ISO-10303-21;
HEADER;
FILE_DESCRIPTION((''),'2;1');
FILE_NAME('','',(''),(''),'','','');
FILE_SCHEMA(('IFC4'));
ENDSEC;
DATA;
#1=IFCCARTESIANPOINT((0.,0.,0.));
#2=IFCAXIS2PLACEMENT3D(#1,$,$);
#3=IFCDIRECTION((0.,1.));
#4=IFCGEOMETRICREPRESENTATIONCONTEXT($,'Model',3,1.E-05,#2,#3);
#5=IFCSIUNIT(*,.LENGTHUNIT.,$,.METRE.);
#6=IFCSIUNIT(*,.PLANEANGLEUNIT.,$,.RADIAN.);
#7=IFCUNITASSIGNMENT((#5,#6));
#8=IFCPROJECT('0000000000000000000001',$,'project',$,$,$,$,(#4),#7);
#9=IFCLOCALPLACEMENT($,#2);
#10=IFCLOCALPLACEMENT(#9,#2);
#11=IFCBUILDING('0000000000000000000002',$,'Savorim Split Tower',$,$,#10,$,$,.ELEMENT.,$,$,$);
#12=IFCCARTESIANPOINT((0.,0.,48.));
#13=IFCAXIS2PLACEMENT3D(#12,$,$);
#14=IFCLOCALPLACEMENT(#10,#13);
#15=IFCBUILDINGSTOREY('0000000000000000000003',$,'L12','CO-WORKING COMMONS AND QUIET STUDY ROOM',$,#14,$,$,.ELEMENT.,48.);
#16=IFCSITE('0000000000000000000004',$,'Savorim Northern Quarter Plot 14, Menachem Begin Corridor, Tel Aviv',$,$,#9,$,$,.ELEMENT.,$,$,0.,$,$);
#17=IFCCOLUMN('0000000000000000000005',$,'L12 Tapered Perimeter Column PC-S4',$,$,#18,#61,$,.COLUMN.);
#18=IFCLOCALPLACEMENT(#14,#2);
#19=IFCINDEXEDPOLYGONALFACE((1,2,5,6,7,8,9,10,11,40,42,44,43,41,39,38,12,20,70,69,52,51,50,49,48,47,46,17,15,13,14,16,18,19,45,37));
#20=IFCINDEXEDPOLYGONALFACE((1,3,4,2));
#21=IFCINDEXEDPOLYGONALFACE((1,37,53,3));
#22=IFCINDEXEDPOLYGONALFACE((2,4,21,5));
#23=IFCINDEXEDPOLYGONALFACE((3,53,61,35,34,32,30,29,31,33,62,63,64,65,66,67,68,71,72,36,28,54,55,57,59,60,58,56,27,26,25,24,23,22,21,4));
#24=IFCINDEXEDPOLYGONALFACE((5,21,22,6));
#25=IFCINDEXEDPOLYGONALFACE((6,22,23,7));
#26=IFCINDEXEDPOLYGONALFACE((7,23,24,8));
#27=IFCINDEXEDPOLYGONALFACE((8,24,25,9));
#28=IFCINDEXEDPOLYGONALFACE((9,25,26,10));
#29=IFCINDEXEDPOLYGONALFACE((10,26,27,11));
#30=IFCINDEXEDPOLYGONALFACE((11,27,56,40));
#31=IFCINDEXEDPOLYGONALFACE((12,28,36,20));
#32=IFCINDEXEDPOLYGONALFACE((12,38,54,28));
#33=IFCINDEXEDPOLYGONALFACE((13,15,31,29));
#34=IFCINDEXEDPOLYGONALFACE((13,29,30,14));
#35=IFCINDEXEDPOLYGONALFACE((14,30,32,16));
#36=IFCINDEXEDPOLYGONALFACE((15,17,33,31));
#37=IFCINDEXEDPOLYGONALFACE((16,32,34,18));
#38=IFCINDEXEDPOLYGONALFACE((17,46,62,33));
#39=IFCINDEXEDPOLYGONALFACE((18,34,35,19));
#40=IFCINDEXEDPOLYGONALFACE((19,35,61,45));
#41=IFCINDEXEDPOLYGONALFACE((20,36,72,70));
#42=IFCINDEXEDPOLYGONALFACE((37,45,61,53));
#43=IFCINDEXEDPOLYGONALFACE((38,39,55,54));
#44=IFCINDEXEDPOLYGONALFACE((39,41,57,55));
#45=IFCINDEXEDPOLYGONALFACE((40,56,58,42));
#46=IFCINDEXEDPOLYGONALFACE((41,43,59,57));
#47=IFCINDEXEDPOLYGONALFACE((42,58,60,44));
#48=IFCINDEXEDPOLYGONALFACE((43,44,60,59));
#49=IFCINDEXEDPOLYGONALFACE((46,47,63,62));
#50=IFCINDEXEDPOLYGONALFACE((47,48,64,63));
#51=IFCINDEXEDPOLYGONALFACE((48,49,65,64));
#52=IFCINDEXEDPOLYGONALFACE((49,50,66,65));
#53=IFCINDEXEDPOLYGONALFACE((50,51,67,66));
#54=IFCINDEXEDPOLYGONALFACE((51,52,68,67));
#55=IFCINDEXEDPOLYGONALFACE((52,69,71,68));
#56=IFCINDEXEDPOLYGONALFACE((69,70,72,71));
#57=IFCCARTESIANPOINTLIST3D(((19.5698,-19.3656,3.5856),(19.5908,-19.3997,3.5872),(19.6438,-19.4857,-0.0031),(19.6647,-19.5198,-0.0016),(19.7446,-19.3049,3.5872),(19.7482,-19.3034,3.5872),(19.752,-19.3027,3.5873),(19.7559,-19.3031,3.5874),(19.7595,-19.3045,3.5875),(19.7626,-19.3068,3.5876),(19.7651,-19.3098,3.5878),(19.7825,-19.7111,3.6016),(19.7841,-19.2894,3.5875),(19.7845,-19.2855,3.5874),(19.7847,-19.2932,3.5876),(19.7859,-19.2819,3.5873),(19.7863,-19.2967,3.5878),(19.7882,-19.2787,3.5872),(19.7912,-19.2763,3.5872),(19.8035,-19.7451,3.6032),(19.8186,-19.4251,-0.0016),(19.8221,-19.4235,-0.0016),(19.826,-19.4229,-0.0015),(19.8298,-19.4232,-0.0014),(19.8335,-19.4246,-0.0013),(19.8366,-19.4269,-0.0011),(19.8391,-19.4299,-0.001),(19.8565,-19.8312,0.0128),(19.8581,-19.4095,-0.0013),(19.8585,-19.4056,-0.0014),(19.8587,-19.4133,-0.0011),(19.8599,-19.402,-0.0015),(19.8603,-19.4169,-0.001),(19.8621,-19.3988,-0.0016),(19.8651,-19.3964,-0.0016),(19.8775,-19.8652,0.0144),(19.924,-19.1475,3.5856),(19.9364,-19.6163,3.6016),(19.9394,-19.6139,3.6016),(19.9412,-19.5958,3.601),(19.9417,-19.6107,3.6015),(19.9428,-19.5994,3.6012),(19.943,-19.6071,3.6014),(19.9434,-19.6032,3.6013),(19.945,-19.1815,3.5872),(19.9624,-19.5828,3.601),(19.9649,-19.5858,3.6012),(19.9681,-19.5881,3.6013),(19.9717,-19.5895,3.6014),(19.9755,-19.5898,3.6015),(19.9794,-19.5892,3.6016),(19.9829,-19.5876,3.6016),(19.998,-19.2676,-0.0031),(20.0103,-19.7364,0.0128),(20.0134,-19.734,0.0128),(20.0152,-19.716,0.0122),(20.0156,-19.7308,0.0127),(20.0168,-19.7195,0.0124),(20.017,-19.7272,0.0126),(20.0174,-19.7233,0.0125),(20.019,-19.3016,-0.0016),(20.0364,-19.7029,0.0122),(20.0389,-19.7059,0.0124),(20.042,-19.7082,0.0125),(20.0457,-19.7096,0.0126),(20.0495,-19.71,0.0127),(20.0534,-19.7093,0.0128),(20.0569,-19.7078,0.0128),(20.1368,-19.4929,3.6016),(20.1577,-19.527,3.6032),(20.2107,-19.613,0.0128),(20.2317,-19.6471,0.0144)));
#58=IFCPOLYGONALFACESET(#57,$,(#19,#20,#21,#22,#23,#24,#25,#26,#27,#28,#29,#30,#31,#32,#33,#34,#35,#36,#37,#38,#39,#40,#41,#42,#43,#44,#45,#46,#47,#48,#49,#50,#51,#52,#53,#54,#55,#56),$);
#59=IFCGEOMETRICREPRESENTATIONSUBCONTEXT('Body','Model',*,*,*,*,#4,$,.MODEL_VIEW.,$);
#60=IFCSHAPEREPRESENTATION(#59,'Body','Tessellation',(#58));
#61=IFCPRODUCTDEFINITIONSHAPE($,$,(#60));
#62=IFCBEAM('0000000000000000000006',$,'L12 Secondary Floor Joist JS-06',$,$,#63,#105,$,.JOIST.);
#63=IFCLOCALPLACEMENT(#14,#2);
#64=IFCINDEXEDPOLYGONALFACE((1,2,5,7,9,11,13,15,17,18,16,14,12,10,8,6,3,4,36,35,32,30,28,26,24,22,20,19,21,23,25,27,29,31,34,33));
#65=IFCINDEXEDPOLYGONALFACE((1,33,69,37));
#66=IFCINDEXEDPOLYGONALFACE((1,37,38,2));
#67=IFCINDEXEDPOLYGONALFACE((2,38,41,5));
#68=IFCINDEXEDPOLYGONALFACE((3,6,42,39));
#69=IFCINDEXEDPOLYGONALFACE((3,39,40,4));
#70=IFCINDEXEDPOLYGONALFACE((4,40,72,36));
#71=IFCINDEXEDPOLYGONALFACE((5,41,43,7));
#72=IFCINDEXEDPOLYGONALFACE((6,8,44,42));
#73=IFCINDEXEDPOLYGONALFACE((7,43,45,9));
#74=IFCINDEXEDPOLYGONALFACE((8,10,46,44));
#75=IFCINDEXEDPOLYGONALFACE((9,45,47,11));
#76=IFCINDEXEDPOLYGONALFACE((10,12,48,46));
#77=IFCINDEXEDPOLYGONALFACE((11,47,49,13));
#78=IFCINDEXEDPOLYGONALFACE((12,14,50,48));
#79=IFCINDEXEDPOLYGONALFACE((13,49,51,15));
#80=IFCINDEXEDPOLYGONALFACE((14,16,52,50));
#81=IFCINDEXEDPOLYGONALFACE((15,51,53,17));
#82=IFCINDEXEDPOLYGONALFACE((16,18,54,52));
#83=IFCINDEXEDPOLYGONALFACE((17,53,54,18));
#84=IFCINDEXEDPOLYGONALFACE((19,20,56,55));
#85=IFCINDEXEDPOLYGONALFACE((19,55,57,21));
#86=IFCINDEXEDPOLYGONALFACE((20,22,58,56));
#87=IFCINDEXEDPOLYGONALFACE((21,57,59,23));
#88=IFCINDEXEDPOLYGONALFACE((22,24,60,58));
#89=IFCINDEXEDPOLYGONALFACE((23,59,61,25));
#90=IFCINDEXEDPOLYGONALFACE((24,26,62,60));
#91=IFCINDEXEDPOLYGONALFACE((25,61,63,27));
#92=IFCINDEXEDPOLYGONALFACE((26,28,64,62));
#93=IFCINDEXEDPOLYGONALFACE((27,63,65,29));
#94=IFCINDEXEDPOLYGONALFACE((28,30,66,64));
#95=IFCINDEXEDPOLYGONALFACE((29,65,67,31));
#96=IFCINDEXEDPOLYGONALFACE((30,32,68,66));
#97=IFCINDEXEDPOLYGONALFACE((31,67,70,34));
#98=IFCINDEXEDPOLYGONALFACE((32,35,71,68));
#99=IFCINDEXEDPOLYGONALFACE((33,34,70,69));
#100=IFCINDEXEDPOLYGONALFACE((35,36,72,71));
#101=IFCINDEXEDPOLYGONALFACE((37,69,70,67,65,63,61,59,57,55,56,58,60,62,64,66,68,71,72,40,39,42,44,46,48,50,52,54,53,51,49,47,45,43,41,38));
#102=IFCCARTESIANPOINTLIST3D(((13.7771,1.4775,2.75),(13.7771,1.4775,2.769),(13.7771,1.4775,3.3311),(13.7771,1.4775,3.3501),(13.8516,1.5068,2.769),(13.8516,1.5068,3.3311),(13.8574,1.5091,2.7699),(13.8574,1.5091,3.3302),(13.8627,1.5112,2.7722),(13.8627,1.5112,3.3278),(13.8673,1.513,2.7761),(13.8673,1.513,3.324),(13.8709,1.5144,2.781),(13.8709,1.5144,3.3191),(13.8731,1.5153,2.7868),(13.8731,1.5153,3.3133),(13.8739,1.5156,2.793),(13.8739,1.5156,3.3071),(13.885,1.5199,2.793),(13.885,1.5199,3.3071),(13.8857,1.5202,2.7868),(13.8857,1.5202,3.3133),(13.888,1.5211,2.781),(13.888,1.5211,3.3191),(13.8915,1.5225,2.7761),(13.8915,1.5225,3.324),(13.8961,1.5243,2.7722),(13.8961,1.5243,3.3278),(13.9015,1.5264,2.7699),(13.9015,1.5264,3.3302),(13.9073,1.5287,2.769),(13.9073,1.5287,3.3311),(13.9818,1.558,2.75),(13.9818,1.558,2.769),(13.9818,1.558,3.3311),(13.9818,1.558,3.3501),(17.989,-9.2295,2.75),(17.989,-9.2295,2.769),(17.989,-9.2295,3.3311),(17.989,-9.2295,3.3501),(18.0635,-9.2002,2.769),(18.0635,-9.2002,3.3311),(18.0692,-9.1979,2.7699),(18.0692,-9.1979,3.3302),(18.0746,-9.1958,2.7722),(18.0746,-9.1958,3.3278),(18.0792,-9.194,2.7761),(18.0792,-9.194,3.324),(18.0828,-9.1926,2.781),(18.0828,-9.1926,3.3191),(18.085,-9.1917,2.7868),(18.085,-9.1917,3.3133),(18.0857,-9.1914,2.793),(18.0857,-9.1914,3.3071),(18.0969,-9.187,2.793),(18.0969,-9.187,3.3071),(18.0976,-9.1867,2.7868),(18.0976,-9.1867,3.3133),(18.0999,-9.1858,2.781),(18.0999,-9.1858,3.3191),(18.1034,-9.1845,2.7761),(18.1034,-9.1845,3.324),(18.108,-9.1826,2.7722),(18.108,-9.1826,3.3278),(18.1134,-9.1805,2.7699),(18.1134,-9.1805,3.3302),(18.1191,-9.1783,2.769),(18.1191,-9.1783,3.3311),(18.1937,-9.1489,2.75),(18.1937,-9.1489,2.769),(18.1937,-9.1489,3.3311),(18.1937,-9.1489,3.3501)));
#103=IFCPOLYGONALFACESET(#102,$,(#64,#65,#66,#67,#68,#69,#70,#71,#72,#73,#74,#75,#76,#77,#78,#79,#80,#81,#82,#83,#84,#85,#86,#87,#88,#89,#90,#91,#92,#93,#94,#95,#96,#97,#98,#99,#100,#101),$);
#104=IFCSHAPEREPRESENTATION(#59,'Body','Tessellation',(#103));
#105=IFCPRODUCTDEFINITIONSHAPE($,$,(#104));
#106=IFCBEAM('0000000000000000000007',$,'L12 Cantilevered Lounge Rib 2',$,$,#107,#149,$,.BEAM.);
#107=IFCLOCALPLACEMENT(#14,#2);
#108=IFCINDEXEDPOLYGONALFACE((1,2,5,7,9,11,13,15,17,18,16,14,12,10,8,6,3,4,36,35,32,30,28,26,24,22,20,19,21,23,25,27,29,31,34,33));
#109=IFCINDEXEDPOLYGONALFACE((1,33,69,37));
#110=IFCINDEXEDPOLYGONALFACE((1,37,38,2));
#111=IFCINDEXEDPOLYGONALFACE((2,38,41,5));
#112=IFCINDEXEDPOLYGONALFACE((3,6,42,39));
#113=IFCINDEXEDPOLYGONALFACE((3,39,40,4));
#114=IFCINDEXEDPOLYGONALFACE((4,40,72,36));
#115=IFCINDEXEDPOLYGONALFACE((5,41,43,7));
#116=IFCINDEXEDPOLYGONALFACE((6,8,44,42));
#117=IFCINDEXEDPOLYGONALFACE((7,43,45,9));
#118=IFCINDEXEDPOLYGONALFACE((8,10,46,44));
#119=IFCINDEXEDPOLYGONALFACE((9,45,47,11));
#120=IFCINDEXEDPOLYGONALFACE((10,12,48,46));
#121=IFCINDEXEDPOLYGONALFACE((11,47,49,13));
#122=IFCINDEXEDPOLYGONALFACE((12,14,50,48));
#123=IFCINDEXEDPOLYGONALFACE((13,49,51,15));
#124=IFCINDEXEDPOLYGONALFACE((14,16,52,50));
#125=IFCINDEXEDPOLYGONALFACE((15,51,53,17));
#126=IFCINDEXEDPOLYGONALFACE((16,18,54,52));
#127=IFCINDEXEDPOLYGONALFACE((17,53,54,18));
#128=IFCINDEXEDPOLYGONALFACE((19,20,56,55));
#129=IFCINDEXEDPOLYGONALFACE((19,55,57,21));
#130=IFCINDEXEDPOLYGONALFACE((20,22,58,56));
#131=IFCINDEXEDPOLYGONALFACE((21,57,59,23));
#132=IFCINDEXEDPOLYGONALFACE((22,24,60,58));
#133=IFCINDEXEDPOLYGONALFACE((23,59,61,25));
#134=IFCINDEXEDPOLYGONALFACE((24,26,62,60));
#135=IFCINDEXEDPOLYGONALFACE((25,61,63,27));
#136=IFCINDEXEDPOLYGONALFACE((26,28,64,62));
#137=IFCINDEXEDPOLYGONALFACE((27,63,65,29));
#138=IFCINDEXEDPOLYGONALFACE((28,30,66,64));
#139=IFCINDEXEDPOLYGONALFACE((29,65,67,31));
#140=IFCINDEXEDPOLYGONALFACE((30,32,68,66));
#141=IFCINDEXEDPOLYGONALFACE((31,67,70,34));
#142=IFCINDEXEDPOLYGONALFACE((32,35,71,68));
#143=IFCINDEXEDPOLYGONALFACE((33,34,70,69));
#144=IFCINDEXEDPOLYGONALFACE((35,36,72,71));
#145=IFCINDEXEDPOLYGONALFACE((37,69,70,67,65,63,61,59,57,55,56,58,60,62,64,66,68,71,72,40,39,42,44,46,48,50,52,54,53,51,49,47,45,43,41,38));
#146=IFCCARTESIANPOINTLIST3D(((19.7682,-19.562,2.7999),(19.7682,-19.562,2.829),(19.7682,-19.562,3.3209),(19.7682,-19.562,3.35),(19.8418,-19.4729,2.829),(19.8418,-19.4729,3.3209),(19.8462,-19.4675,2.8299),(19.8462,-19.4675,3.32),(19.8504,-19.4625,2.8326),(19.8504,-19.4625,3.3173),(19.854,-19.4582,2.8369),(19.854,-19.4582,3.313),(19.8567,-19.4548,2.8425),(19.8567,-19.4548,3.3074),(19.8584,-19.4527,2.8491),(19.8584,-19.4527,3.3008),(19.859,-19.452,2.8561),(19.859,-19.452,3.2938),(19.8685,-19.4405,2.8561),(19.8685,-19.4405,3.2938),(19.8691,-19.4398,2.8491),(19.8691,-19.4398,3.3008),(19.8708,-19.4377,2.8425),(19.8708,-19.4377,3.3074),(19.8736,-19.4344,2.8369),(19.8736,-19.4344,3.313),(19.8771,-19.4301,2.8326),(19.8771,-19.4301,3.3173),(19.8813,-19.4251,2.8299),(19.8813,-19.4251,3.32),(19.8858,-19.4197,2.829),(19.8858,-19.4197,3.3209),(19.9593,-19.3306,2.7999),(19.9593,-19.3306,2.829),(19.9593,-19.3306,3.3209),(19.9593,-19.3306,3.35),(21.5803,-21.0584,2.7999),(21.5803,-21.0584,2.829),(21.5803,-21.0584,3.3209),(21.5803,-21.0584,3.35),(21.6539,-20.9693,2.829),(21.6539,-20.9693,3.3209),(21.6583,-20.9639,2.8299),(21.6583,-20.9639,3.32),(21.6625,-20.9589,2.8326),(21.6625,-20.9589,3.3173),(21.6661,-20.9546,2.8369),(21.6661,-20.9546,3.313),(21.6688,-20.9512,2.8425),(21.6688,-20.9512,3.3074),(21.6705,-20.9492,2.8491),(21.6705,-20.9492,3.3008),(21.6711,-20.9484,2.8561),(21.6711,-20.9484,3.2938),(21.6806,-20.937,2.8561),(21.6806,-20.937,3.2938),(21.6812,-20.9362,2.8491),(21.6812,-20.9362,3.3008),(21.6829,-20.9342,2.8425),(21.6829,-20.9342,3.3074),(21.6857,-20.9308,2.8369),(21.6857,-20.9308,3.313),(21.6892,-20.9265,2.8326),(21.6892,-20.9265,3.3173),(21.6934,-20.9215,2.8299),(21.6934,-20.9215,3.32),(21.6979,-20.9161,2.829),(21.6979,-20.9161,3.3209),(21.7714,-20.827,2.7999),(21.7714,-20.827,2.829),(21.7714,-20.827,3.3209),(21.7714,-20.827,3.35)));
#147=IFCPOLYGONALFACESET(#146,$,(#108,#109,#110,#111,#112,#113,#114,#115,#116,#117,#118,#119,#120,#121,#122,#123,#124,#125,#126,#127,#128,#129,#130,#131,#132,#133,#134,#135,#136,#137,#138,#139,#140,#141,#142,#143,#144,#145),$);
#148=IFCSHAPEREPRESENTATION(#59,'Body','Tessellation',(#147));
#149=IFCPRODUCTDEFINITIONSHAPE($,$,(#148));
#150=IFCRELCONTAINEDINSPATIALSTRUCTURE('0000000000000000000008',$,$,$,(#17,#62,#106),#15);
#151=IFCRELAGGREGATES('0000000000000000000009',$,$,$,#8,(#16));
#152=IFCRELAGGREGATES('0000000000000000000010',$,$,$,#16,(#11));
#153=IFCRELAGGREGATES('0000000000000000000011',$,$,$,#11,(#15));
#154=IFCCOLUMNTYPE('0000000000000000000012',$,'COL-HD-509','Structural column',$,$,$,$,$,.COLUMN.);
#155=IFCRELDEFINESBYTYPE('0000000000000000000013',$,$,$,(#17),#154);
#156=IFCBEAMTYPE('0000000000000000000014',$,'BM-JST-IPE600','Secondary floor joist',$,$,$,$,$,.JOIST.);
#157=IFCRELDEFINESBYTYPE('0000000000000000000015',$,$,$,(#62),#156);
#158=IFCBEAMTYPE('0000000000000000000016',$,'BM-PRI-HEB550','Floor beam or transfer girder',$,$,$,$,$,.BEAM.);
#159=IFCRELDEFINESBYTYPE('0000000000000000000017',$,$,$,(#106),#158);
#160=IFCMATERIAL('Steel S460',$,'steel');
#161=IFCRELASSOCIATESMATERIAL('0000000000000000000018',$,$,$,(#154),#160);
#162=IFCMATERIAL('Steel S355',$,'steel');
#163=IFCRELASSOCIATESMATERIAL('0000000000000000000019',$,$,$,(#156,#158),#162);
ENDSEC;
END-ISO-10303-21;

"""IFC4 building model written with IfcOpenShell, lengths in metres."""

from ifc_helpers import new_model, si_unit, direction, frame, origin, origin_2d, place, context, subcontext, project, spatial, i_section, extrude, material, material_profile, profile_set, type_object, element, save


model = new_model("IFC4")

# Units and contexts
model_context = context("Model", 3, precision=1e-05, world=origin(), true_north=direction((0.0, 1.0)))
body_context = subcontext(model_context, "Body", "Model", "MODEL_VIEW")
ifc_project = project(units=[si_unit("LENGTHUNIT", "METRE"), si_unit("PLANEANGLEUNIT", "RADIAN")], contexts=[model_context])

# Site, building, storey
site_placement = place(None, origin())
site = spatial("IfcSite", under=ifc_project, at=site_placement, Name="Savorim Northern Quarter Plot 14, Menachem Begin Corridor, Tel Aviv", CompositionType="ELEMENT", RefElevation=0.0)
building_placement = place(site_placement, origin())
building = spatial("IfcBuilding", under=site, at=building_placement, Name="Savorim Split Tower", CompositionType="ELEMENT")
storey_placement = place(building_placement, frame((0.0, 0.0, 48.0)))
storey = spatial("IfcBuildingStorey", under=building, at=storey_placement, Name="L12", Description="CO-WORKING COMMONS AND QUIET STUDY ROOM", CompositionType="ELEMENT", Elevation=48.0)

# Column
ifc_material_1 = material(Name="Steel S460", Category="steel")
ifc_material_profile_1 = material_profile(ifc_material_1, i_section(OverallWidth=0.416, OverallDepth=0.446, WebThickness=0.0249, FlangeThickness=0.04, FilletRadius=0.0149, at=origin_2d()), Name="HD 400x509")
ifc_profile_set_1 = profile_set([ifc_material_profile_1], Name="Steel S460")
column_type = type_object("IfcColumnType", Name="COL-HD-509", Description="Structural column", PredefinedType="COLUMN", material=ifc_profile_set_1)
column_placement = place(storey_placement, frame((19.9377, -19.5664, 0.0056), z_axis=(-0.020596, 0.033444, 0.999228), x_axis=(-0.85148, -0.524387, 0.0)))
element("IfcColumn", 1, at=column_placement, inside=storey, type_object=column_type, Name="L12 Tapered Perimeter Column PC-S4", PredefinedType="COLUMN", context=body_context, shape_type="SweptSolid", body=[
    extrude(i_section(OverallWidth=0.416, OverallDepth=0.446, WebThickness=0.0249, FlangeThickness=0.04, FilletRadius=0.0149, at=origin_2d()), origin(), (0.0, 0.0, 1.0), 3.5916),
])

# Beams
ifc_material_2 = material(Name="Steel S355", Category="steel")
ifc_material_profile_2 = material_profile(ifc_material_2, i_section(OverallWidth=0.22, OverallDepth=0.6001, WebThickness=0.012, FlangeThickness=0.019, FilletRadius=0.0239, at=origin_2d()), Name="IPE 600")
ifc_profile_set_2 = profile_set([ifc_material_profile_2], Name="Steel S355")
beam_type_1 = type_object("IfcBeamType", Name="BM-JST-IPE600", Description="Secondary floor joist", PredefinedType="JOIST", material=ifc_profile_set_2)
beam_1_placement = place(storey_placement, frame((18.0913, -9.1892, 3.05), z_axis=(-0.366072, 0.930586, 0.0), x_axis=(-0.930586, -0.366072, 0.0)))
element("IfcBeam", 2, at=beam_1_placement, inside=storey, type_object=beam_type_1, Name="L12 Secondary Floor Joist JS-06", PredefinedType="JOIST", context=body_context, shape_type="SweptSolid", body=[
    extrude(i_section(OverallWidth=0.22, OverallDepth=0.6001, WebThickness=0.012, FlangeThickness=0.019, FilletRadius=0.0239, at=origin_2d()), origin(), (0.0, 0.0, 1.0), 11.5056),
])
ifc_material_profile_3 = material_profile(ifc_material_2, i_section(OverallWidth=0.3, OverallDepth=0.55, WebThickness=0.0149, FlangeThickness=0.0291, FilletRadius=0.0271, at=origin_2d()), Name="HEB 550")
ifc_profile_set_3 = profile_set([ifc_material_profile_3], Name="Steel S355")
beam_type_2 = type_object("IfcBeamType", Name="BM-PRI-HEB550", Description="Floor beam or transfer girder", PredefinedType="BEAM", material=ifc_profile_set_3)
beam_2_placement = place(storey_placement, frame((19.8638, -19.4463, 3.075), z_axis=(0.771075, -0.636745, 0.0), x_axis=(0.636745, 0.771075, 0.0)))
element("IfcBeam", 3, at=beam_2_placement, inside=storey, type_object=beam_type_2, Name="L12 Cantilevered Lounge Rib 2", PredefinedType="BEAM", context=body_context, shape_type="SweptSolid", body=[
    extrude(i_section(OverallWidth=0.3, OverallDepth=0.55, WebThickness=0.0149, FlangeThickness=0.0291, FilletRadius=0.0271, at=origin_2d()), origin(), (0.0, 0.0, 1.0), 2.3501),
])

save(model, "model.ifc")
